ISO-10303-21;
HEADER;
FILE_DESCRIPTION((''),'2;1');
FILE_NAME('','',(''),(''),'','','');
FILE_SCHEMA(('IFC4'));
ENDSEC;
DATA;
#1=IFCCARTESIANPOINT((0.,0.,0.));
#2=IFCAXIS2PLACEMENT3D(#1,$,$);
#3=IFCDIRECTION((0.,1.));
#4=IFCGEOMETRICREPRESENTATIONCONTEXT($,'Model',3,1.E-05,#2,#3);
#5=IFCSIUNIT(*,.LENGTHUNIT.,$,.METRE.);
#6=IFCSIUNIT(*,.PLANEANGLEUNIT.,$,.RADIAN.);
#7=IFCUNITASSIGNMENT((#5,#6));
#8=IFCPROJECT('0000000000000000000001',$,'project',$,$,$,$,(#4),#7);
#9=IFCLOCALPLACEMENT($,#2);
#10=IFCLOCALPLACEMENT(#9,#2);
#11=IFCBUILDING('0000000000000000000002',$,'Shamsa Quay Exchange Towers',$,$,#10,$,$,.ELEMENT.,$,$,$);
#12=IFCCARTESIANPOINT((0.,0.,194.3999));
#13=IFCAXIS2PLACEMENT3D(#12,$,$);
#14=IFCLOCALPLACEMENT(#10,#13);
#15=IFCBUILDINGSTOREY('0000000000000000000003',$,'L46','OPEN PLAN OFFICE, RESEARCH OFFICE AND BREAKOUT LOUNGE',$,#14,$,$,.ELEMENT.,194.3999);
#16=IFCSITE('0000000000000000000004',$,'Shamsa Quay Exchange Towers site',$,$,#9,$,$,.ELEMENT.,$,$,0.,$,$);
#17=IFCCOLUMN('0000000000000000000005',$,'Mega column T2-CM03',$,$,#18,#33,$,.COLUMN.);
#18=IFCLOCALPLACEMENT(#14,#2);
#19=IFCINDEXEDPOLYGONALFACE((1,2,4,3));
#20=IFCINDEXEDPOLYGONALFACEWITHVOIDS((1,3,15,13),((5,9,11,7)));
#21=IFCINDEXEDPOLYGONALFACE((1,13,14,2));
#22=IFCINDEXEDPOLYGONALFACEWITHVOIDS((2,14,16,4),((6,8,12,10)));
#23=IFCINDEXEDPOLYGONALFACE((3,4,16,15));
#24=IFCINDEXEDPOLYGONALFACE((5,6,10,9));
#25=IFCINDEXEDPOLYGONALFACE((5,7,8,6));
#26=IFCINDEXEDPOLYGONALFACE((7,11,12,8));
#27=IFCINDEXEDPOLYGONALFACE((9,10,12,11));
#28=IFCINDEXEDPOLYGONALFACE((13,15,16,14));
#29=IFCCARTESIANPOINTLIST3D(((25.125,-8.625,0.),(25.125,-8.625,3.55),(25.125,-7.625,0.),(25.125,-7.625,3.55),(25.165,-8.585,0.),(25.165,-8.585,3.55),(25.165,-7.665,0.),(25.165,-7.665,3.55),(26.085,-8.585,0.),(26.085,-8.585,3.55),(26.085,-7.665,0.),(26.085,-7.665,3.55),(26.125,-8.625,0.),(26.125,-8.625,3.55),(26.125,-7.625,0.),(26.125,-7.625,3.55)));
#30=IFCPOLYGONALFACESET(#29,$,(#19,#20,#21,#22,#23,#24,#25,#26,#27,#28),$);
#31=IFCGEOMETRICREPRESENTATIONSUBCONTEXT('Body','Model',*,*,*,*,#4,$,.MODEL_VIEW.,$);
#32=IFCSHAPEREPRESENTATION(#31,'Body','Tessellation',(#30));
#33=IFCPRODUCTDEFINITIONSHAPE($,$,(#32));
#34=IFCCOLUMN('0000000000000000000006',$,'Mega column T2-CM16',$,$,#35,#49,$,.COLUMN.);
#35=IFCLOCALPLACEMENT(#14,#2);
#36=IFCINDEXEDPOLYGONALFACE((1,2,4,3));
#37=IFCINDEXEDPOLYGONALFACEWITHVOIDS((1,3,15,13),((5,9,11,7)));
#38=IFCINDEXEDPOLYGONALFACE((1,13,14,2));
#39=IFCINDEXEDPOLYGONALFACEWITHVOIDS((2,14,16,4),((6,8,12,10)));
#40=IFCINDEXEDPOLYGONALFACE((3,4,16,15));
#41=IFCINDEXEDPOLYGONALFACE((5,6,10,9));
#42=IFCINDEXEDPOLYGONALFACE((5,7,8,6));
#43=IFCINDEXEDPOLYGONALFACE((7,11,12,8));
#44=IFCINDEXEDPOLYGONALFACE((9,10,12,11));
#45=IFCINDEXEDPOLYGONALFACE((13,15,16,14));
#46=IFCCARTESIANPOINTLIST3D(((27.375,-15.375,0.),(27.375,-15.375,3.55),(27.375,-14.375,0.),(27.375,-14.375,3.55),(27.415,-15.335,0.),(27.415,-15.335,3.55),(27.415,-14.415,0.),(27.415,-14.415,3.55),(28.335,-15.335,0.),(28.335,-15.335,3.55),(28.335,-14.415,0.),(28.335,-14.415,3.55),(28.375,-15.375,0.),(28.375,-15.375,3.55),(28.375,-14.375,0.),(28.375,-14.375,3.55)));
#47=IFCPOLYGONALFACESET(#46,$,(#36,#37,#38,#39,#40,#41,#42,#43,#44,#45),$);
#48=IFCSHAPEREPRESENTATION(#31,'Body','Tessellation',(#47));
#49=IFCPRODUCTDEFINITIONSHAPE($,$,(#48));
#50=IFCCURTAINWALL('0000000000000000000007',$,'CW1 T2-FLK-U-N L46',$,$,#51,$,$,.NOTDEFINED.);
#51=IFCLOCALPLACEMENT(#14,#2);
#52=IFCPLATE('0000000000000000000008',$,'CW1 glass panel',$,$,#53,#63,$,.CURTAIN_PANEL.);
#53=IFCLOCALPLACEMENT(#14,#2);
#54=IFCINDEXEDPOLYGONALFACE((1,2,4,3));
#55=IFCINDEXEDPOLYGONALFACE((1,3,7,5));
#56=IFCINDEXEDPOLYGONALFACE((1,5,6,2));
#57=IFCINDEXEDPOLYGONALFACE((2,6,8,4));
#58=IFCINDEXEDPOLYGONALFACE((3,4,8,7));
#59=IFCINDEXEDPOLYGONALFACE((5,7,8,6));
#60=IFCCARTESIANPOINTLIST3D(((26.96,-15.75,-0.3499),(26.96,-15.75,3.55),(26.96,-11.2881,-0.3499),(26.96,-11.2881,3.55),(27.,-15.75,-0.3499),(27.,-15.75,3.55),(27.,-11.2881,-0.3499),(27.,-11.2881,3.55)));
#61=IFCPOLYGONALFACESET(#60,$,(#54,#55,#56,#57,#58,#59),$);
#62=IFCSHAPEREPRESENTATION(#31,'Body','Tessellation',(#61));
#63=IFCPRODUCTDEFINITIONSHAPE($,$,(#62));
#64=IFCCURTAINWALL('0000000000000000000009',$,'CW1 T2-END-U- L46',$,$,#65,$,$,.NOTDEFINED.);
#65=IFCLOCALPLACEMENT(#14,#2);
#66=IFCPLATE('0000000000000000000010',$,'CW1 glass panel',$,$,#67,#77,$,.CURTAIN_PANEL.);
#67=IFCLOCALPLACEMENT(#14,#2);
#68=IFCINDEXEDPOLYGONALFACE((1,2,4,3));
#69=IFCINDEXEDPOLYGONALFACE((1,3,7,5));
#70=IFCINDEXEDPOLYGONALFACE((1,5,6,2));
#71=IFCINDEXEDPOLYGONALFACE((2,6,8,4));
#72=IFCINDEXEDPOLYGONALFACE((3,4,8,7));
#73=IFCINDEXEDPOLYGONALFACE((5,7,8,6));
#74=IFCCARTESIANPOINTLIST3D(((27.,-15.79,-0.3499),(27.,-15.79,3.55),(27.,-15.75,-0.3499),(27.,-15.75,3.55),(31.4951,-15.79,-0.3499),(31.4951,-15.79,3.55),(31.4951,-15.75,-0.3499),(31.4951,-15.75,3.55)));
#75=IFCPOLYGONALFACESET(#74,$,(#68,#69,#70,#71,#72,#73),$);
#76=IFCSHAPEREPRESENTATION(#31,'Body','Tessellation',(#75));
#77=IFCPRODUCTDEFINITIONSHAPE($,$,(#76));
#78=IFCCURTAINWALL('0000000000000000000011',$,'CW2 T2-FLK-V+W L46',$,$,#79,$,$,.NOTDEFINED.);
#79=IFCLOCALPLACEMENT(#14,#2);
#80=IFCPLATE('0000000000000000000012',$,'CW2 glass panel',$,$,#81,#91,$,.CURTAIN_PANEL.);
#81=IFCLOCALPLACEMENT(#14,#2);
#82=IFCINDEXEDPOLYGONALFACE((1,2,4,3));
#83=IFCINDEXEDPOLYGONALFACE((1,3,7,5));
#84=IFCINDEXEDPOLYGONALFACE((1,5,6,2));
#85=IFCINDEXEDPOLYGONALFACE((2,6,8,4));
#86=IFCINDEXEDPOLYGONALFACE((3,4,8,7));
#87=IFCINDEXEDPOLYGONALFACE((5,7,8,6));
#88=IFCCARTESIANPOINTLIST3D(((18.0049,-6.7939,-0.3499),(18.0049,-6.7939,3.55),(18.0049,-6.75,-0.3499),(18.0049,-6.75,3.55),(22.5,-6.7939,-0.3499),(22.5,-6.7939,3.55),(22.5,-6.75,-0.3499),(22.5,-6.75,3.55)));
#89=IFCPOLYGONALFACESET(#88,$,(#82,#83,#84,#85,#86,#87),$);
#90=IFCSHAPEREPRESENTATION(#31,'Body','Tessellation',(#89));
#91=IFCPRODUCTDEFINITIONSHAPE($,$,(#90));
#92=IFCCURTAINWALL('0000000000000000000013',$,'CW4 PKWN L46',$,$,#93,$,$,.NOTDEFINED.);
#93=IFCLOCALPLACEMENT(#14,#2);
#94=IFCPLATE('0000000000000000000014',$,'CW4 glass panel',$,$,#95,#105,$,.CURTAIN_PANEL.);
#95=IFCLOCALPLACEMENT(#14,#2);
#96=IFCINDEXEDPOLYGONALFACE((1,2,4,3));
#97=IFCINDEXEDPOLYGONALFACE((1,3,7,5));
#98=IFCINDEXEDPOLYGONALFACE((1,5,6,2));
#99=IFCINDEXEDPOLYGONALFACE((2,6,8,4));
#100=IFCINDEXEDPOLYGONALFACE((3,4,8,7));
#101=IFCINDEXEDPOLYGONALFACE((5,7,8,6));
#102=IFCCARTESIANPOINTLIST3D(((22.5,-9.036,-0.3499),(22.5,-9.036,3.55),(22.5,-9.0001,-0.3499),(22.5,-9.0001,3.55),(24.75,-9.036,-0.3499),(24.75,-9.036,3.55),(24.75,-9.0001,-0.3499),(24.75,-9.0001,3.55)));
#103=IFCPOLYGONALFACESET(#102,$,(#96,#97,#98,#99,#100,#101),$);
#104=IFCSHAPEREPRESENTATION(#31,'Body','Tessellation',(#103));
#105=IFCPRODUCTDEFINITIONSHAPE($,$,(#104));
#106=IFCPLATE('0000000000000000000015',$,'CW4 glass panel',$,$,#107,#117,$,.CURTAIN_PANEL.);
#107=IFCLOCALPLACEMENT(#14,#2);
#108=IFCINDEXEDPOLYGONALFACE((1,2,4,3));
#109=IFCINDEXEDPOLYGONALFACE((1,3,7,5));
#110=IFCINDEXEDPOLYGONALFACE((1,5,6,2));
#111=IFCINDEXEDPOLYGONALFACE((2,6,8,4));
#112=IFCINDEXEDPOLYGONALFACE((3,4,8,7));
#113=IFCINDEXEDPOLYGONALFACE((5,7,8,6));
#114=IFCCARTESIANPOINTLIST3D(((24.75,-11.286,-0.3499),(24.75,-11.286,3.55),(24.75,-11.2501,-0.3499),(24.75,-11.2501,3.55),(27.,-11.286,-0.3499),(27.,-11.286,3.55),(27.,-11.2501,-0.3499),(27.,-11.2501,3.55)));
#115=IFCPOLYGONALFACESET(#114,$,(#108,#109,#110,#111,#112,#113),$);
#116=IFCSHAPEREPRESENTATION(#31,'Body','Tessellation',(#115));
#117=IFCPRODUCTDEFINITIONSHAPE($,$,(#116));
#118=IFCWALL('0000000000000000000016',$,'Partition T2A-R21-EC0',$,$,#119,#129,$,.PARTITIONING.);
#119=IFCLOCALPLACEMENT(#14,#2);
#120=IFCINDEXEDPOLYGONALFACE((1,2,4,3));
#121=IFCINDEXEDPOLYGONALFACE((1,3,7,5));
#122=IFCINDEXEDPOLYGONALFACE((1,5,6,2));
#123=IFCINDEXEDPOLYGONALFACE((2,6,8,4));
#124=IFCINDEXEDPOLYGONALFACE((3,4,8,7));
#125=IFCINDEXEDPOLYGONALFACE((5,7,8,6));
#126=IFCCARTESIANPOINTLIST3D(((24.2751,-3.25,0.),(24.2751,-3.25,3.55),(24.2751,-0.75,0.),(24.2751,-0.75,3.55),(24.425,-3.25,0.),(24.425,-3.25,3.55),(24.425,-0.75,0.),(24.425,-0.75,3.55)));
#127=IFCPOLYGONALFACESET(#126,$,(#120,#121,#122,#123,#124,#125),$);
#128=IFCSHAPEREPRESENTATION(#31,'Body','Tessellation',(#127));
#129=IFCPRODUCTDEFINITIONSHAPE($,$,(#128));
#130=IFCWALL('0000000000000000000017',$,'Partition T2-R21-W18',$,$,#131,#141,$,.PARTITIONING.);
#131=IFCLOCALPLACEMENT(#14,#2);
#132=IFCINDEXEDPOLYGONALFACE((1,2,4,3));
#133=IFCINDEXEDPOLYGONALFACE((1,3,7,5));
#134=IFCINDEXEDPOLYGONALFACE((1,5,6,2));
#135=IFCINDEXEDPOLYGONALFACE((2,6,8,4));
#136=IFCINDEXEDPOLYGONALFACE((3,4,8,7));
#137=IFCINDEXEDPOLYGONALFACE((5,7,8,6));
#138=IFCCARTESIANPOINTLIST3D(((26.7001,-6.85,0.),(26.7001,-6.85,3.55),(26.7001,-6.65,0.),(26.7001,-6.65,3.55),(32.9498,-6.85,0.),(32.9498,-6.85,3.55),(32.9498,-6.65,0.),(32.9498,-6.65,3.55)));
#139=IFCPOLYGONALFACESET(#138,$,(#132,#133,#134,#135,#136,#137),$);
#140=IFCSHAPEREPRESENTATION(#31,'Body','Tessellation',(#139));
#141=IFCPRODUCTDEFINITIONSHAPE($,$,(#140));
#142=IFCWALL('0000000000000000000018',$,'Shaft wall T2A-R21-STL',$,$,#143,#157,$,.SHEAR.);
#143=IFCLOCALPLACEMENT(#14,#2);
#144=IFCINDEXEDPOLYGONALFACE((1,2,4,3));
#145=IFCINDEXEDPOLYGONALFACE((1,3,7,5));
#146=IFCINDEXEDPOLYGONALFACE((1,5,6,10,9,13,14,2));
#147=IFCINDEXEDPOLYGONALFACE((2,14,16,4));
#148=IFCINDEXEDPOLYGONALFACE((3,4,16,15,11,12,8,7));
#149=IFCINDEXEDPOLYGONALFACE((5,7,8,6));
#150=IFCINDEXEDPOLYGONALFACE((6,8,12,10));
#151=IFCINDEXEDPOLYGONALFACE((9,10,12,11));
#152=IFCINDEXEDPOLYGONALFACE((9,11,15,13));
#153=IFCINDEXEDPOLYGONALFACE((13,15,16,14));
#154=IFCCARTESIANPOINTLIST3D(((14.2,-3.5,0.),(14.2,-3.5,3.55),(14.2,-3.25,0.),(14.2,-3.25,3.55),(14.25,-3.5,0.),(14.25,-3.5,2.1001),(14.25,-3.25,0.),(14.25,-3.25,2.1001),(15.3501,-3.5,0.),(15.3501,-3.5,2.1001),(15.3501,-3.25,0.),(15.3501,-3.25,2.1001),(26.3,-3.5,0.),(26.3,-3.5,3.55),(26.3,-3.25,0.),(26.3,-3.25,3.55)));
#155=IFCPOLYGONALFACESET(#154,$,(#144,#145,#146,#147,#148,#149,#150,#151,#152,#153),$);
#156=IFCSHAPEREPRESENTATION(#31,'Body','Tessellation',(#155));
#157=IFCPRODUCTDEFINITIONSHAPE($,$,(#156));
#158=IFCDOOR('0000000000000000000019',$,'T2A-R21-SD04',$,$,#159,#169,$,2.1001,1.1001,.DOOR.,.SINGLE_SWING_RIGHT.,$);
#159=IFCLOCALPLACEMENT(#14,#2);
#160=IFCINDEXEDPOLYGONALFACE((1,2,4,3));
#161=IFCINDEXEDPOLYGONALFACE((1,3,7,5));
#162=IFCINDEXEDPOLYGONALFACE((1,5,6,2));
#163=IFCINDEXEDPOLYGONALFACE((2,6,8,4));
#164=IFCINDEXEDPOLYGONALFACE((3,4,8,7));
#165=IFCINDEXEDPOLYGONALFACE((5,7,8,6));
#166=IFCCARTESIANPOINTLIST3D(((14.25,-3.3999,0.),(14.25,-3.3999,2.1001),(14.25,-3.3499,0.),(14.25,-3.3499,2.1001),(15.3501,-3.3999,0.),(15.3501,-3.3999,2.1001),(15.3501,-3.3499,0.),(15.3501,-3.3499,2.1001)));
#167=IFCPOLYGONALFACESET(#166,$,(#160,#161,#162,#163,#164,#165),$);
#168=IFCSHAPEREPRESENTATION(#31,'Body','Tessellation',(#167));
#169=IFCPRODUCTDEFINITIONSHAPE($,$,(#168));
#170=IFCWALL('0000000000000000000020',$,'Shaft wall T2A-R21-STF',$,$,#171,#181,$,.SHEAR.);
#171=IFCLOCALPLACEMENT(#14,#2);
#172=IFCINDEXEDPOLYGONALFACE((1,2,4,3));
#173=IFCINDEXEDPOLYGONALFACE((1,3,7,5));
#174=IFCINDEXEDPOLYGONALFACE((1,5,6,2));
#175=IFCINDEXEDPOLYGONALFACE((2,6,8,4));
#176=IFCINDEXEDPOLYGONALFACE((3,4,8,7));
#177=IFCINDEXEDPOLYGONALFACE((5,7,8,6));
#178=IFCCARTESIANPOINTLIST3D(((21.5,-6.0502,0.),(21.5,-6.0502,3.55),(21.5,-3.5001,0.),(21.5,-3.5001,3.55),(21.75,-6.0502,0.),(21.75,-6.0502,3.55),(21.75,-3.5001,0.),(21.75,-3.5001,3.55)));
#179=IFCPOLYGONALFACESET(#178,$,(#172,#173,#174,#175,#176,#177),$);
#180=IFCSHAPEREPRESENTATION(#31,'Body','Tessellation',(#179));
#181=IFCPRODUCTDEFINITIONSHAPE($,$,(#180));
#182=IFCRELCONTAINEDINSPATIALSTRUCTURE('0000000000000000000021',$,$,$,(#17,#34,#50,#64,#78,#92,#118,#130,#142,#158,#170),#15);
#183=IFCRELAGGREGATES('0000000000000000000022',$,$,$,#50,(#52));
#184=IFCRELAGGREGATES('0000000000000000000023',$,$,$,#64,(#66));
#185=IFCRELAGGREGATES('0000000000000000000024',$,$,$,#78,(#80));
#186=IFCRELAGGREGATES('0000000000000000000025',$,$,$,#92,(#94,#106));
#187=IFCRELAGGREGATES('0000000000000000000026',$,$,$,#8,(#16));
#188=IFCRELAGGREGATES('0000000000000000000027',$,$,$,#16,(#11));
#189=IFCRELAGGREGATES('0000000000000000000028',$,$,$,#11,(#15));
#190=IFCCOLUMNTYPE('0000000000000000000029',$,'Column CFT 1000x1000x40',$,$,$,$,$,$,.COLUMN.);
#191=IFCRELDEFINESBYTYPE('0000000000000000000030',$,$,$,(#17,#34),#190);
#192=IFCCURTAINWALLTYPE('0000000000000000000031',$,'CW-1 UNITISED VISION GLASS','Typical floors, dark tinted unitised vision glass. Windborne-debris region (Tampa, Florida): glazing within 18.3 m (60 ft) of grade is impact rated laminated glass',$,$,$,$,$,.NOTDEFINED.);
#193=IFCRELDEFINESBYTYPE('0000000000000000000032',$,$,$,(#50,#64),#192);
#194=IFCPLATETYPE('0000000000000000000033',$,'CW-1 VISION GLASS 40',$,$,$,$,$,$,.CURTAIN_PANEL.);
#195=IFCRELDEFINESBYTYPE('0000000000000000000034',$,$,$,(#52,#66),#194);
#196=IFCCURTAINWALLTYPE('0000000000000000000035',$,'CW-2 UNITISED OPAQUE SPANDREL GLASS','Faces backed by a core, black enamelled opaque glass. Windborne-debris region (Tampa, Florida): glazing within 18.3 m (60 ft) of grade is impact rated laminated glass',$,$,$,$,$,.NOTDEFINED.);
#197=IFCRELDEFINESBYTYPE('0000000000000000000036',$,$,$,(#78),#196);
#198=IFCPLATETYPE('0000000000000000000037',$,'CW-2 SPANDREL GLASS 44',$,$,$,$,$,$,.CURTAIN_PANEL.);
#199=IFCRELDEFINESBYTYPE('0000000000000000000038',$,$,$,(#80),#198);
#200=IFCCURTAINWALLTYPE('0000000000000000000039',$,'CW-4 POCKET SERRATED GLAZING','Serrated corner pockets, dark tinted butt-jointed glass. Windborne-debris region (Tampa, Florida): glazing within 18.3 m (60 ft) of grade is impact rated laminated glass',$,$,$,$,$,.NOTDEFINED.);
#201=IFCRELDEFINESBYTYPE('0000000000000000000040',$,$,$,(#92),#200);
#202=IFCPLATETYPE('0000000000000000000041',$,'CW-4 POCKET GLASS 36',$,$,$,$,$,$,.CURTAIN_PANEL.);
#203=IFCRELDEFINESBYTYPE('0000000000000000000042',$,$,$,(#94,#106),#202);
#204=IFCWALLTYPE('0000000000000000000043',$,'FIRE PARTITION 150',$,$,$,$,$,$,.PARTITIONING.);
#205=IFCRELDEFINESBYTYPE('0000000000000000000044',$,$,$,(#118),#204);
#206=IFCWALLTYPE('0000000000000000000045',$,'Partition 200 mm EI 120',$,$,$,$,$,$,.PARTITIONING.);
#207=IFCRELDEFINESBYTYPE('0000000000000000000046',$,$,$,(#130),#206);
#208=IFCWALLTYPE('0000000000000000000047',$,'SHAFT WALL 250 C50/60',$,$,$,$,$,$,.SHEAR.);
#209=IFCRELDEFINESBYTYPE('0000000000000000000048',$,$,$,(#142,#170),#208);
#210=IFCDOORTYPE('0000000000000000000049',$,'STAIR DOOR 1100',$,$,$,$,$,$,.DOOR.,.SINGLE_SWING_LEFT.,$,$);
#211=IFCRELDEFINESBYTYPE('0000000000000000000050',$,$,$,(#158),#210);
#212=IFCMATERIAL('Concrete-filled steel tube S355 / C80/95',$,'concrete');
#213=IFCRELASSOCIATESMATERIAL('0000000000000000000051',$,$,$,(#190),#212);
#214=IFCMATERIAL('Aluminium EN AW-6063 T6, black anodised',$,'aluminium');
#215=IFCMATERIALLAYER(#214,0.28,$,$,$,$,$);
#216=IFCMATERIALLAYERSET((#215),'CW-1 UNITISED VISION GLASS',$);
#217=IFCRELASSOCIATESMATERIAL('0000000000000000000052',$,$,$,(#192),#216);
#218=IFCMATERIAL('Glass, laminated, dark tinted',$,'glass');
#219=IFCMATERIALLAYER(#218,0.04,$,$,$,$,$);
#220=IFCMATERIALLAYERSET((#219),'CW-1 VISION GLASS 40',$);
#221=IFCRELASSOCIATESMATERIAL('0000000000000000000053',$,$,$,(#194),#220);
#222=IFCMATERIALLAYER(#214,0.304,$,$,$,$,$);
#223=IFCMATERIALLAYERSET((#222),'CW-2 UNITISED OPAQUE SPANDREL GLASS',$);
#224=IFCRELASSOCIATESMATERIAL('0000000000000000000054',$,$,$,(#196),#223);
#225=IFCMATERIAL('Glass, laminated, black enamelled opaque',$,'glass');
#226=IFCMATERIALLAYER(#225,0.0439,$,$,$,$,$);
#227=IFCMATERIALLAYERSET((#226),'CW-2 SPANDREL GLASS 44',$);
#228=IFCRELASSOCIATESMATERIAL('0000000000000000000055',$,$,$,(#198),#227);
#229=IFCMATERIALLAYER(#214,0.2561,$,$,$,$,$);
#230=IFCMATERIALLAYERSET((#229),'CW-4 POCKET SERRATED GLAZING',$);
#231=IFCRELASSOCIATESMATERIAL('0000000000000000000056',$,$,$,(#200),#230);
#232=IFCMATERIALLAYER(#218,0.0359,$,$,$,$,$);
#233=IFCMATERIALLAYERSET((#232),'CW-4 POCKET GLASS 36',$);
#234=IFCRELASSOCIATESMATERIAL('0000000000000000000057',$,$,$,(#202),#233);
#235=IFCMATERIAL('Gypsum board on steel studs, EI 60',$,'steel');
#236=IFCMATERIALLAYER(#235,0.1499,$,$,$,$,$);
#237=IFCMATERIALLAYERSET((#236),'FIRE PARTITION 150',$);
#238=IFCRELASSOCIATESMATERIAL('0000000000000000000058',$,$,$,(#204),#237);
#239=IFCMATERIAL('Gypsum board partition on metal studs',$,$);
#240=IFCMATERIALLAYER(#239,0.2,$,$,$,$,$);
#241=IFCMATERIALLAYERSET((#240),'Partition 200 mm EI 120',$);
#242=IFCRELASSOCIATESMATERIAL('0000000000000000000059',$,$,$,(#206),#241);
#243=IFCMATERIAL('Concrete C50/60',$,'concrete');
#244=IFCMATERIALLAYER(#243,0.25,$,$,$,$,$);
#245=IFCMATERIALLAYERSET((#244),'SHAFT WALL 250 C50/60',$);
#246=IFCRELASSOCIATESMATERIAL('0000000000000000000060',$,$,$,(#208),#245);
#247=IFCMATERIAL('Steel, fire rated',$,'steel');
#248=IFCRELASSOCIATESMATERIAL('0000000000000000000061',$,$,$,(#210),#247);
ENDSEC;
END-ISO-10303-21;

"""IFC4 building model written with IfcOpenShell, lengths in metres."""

from ifc_helpers import new_model, si_unit, direction, frame, frame_2d, origin, origin_2d, place, context, subcontext, project, spatial, rectangle, hollow_rectangle, extrude, material, layer, layer_set, material_profile, profile_set, type_object, element, fill, aggregate, save


model = new_model("IFC4")

# Units and contexts
model_context = context("Model", 3, precision=1e-05, world=origin(), true_north=direction((0.0, 1.0)))
body_context = subcontext(model_context, "Body", "Model", "MODEL_VIEW")
ifc_project = project(units=[si_unit("LENGTHUNIT", "METRE"), si_unit("PLANEANGLEUNIT", "RADIAN")], contexts=[model_context])

# Site, building, storey
site_placement = place(None, origin())
site = spatial("IfcSite", under=ifc_project, at=site_placement, Name="Shamsa Quay Exchange Towers site", CompositionType="ELEMENT", RefElevation=0.0)
building_placement = place(site_placement, origin())
building = spatial("IfcBuilding", under=site, at=building_placement, Name="Shamsa Quay Exchange Towers", CompositionType="ELEMENT")
storey_placement = place(building_placement, frame((0.0, 0.0, 194.3999)))
storey = spatial("IfcBuildingStorey", under=building, at=storey_placement, Name="L46", Description="OPEN PLAN OFFICE, RESEARCH OFFICE AND BREAKOUT LOUNGE", CompositionType="ELEMENT", Elevation=194.3999)

# Columns
ifc_material_1 = material(Name="Concrete-filled steel tube S355 / C80/95", Category="concrete")
ifc_material_profile = material_profile(ifc_material_1, hollow_rectangle(XDim=1.0, YDim=1.0, WallThickness=0.04, at=origin_2d()), Name="CFT 1000x1000x40")
ifc_profile_set = profile_set([ifc_material_profile], Name="Concrete-filled steel tube S355 / C80/95")
column_type = type_object("IfcColumnType", Name="Column CFT 1000x1000x40", PredefinedType="COLUMN", material=ifc_profile_set)
for number, where, name in (
    (1, (25.625, -8.125, 0.0), "Mega column T2-CM03"),
    (2, (27.875, -14.875, 0.0), "Mega column T2-CM16"),
):
    element("IfcColumn", number, at=place(storey_placement, frame(where)), inside=storey, type_object=column_type, Name=name, PredefinedType="COLUMN", context=body_context, shape_type="SweptSolid", body=[
        extrude(hollow_rectangle(XDim=1.0, YDim=1.0, WallThickness=0.04, at=origin_2d()), origin(), (0.0, 0.0, 1.0), 3.55),
    ])

# Curtain walls, plates
ifc_material_2 = material(Name="Aluminium EN AW-6063 T6, black anodised", Category="aluminium")
ifc_layer_1 = layer(ifc_material_2, 0.28)
ifc_layer_set_1 = layer_set([ifc_layer_1], Name="CW-1 UNITISED VISION GLASS")
curtain_wall_type_1 = type_object("IfcCurtainWallType", Name="CW-1 UNITISED VISION GLASS", Description="Typical floors, dark tinted unitised vision glass. Windborne-debris region (Tampa, Florida): glazing within 18.3 m (60 ft) of grade is impact rated laminated glass", PredefinedType="NOTDEFINED", material=ifc_layer_set_1)
curtain_wall_1_placement = place(storey_placement, origin())
curtain_wall_1 = element("IfcCurtainWall", 3, at=curtain_wall_1_placement, inside=storey, type_object=curtain_wall_type_1, Name="CW1 T2-FLK-U-N L46", PredefinedType="NOTDEFINED")
ifc_material_3 = material(Name="Glass, laminated, dark tinted", Category="glass")
ifc_layer_2 = layer(ifc_material_3, 0.04)
ifc_layer_set_2 = layer_set([ifc_layer_2], Name="CW-1 VISION GLASS 40")
plate_type_1 = type_object("IfcPlateType", Name="CW-1 VISION GLASS 40", PredefinedType="CURTAIN_PANEL", material=ifc_layer_set_2)
plate_1_placement = place(storey_placement, frame((26.98, -13.519, -0.3499), z_axis=(0.0, 0.0, 1.0), x_axis=(0.0, -1.0, 0.0)))
plate_1 = element("IfcPlate", 4, at=plate_1_placement, type_object=plate_type_1, Name="CW1 glass panel", PredefinedType="CURTAIN_PANEL", context=body_context, shape_type="SweptSolid", body=[
    extrude(rectangle(XDim=4.4619, YDim=0.04, at=origin_2d()), origin(), (0.0, 0.0, 1.0), 3.8999),
])
aggregate(curtain_wall_1, [plate_1])
curtain_wall_2_placement = place(storey_placement, origin())
curtain_wall_2 = element("IfcCurtainWall", 5, at=curtain_wall_2_placement, inside=storey, type_object=curtain_wall_type_1, Name="CW1 T2-END-U- L46", PredefinedType="NOTDEFINED")
plate_2_placement = place(storey_placement, frame((29.2476, -15.77, -0.3499)))
plate_2 = element("IfcPlate", 6, at=plate_2_placement, type_object=plate_type_1, Name="CW1 glass panel", PredefinedType="CURTAIN_PANEL", context=body_context, shape_type="SweptSolid", body=[
    extrude(rectangle(XDim=4.4951, YDim=0.04, at=origin_2d()), origin(), (0.0, 0.0, 1.0), 3.8999),
])
aggregate(curtain_wall_2, [plate_2])
ifc_layer_3 = layer(ifc_material_2, 0.304)
ifc_layer_set_3 = layer_set([ifc_layer_3], Name="CW-2 UNITISED OPAQUE SPANDREL GLASS")
curtain_wall_type_2 = type_object("IfcCurtainWallType", Name="CW-2 UNITISED OPAQUE SPANDREL GLASS", Description="Faces backed by a core, black enamelled opaque glass. Windborne-debris region (Tampa, Florida): glazing within 18.3 m (60 ft) of grade is impact rated laminated glass", PredefinedType="NOTDEFINED", material=ifc_layer_set_3)
curtain_wall_3_placement = place(storey_placement, origin())
curtain_wall_3 = element("IfcCurtainWall", 7, at=curtain_wall_3_placement, inside=storey, type_object=curtain_wall_type_2, Name="CW2 T2-FLK-V+W L46", PredefinedType="NOTDEFINED")
ifc_material_4 = material(Name="Glass, laminated, black enamelled opaque", Category="glass")
ifc_layer_4 = layer(ifc_material_4, 0.0439)
ifc_layer_set_4 = layer_set([ifc_layer_4], Name="CW-2 SPANDREL GLASS 44")
plate_type_2 = type_object("IfcPlateType", Name="CW-2 SPANDREL GLASS 44", PredefinedType="CURTAIN_PANEL", material=ifc_layer_set_4)
plate_3_placement = place(storey_placement, frame((20.2524, -6.772, -0.3499)))
plate_3 = element("IfcPlate", 8, at=plate_3_placement, type_object=plate_type_2, Name="CW2 glass panel", PredefinedType="CURTAIN_PANEL", context=body_context, shape_type="SweptSolid", body=[
    extrude(rectangle(XDim=4.4951, YDim=0.0439, at=origin_2d()), origin(), (0.0, 0.0, 1.0), 3.8999),
])
aggregate(curtain_wall_3, [plate_3])

# Curtain wall, plates
ifc_layer_5 = layer(ifc_material_2, 0.2561)
ifc_layer_set_5 = layer_set([ifc_layer_5], Name="CW-4 POCKET SERRATED GLAZING")
curtain_wall_type_3 = type_object("IfcCurtainWallType", Name="CW-4 POCKET SERRATED GLAZING", Description="Serrated corner pockets, dark tinted butt-jointed glass. Windborne-debris region (Tampa, Florida): glazing within 18.3 m (60 ft) of grade is impact rated laminated glass", PredefinedType="NOTDEFINED", material=ifc_layer_set_5)
curtain_wall_4_placement = place(storey_placement, origin())
curtain_wall_4 = element("IfcCurtainWall", 9, at=curtain_wall_4_placement, inside=storey, type_object=curtain_wall_type_3, Name="CW4 PKWN L46", PredefinedType="NOTDEFINED")
ifc_layer_6 = layer(ifc_material_3, 0.0359)
ifc_layer_set_6 = layer_set([ifc_layer_6], Name="CW-4 POCKET GLASS 36")
plate_type_3 = type_object("IfcPlateType", Name="CW-4 POCKET GLASS 36", PredefinedType="CURTAIN_PANEL", material=ifc_layer_set_6)
plate_4_placement = place(storey_placement, frame((23.625, -9.0181, -0.3499)))
plate_4 = element("IfcPlate", 10, at=plate_4_placement, type_object=plate_type_3, Name="CW4 glass panel", PredefinedType="CURTAIN_PANEL", context=body_context, shape_type="SweptSolid", body=[
    extrude(rectangle(XDim=2.25, YDim=0.0359, at=origin_2d()), origin(), (0.0, 0.0, 1.0), 3.8999),
])
plate_5_placement = place(storey_placement, frame((25.875, -11.2681, -0.3499)))
plate_5 = element("IfcPlate", 11, at=plate_5_placement, type_object=plate_type_3, Name="CW4 glass panel", PredefinedType="CURTAIN_PANEL", context=body_context, shape_type="SweptSolid", body=[
    extrude(rectangle(XDim=2.25, YDim=0.0359, at=origin_2d()), origin(), (0.0, 0.0, 1.0), 3.8999),
])
aggregate(curtain_wall_4, [plate_4, plate_5])

# Walls
ifc_material_5 = material(Name="Gypsum board on steel studs, EI 60", Category="steel")
ifc_layer_7 = layer(ifc_material_5, 0.1499)
ifc_layer_set_7 = layer_set([ifc_layer_7], Name="FIRE PARTITION 150")
wall_type_1 = type_object("IfcWallType", Name="FIRE PARTITION 150", PredefinedType="PARTITIONING", material=ifc_layer_set_7)
wall_1_placement = place(storey_placement, frame((24.3501, -3.25, 0.0), z_axis=(0.0, 0.0, 1.0), x_axis=(0.0, 1.0, 0.0)))
element("IfcWall", 12, at=wall_1_placement, inside=storey, type_object=wall_type_1, Name="Partition T2A-R21-EC0", PredefinedType="PARTITIONING", context=body_context, shape_type="SweptSolid", body=[
    extrude(rectangle(XDim=2.5, YDim=0.1499, at=frame_2d((1.25, 0.0))), origin(), (0.0, 0.0, 1.0), 3.55),
])
ifc_material_6 = material(Name="Gypsum board partition on metal studs")
ifc_layer_8 = layer(ifc_material_6, 0.2)
ifc_layer_set_8 = layer_set([ifc_layer_8], Name="Partition 200 mm EI 120")
wall_type_2 = type_object("IfcWallType", Name="Partition 200 mm EI 120", PredefinedType="PARTITIONING", material=ifc_layer_set_8)
wall_2_placement = place(storey_placement, frame((26.7, -6.75, 0.0)))
element("IfcWall", 13, at=wall_2_placement, inside=storey, type_object=wall_type_2, Name="Partition T2-R21-W18", PredefinedType="PARTITIONING", context=body_context, shape_type="SweptSolid", body=[
    extrude(rectangle(XDim=6.2498, YDim=0.2, at=frame_2d((3.125, 0.0))), origin(), (0.0, 0.0, 1.0), 3.55),
])

# Wall, opening, door
ifc_material_7 = material(Name="Concrete C50/60", Category="concrete")
ifc_layer_9 = layer(ifc_material_7, 0.25)
ifc_layer_set_9 = layer_set([ifc_layer_9], Name="SHAFT WALL 250 C50/60")
wall_type_3 = type_object("IfcWallType", Name="SHAFT WALL 250 C50/60", PredefinedType="SHEAR", material=ifc_layer_set_9)
wall_3_placement = place(storey_placement, frame((26.3, -3.375, 0.0), z_axis=(0.0, 0.0, 1.0), x_axis=(-1.0, 0.0, 0.0)))
wall_3 = element("IfcWall", 14, at=wall_3_placement, inside=storey, type_object=wall_type_3, Name="Shaft wall T2A-R21-STL", PredefinedType="SHEAR", context=body_context, shape_type="SweptSolid", body=[
    extrude(rectangle(XDim=12.1001, YDim=0.25, at=frame_2d((6.05, 0.0))), origin(), (0.0, 0.0, 1.0), 3.55),
])
opening_1_placement = place(wall_3_placement, frame((10.95, 0.0, 0.0)))
opening_1 = element("IfcOpeningElement", 15, at=opening_1_placement, cuts=wall_3, PredefinedType="OPENING", context=body_context, shape_type="SweptSolid", body=[
    extrude(rectangle(XDim=1.1001, YDim=2.1001, at=frame_2d((0.55, 1.05))), frame((0.0, 0.135, 0.0), z_axis=(0.0, -1.0, 0.0), x_axis=(1.0, 0.0, 0.0)), (0.0, 0.0, 1.0), 0.27),
])
ifc_material_8 = material(Name="Steel, fire rated", Category="steel")
door_type_1 = type_object("IfcDoorType", Name="STAIR DOOR 1100", OperationType="SINGLE_SWING_LEFT", PredefinedType="DOOR", material=ifc_material_8)
door_1_placement = place(opening_1_placement, origin())
door_1 = element("IfcDoor", 16, at=door_1_placement, inside=storey, type_object=door_type_1, Name="T2A-R21-SD04", OperationType="SINGLE_SWING_RIGHT", OverallHeight=2.1001, OverallWidth=1.1001, PredefinedType="DOOR", context=body_context, shape_type="SweptSolid", body=[
    extrude(rectangle(XDim=1.1001, YDim=2.1001, at=frame_2d((0.55, 1.05))), frame((0.0, 0.0249, 0.0), z_axis=(0.0, -1.0, 0.0), x_axis=(1.0, 0.0, 0.0)), (0.0, 0.0, 1.0), 0.05),
])
fill(opening_1, door_1)

# Wall
wall_4_placement = place(storey_placement, frame((21.625, -6.05, 0.0), z_axis=(0.0, 0.0, 1.0), x_axis=(0.0, 1.0, 0.0)))
element("IfcWall", 17, at=wall_4_placement, inside=storey, type_object=wall_type_3, Name="Shaft wall T2A-R21-STF", PredefinedType="SHEAR", context=body_context, shape_type="SweptSolid", body=[
    extrude(rectangle(XDim=2.55, YDim=0.25, at=frame_2d((1.2749, 0.0))), origin(), (0.0, 0.0, 1.0), 3.55),
])

save(model, "model.ifc")
